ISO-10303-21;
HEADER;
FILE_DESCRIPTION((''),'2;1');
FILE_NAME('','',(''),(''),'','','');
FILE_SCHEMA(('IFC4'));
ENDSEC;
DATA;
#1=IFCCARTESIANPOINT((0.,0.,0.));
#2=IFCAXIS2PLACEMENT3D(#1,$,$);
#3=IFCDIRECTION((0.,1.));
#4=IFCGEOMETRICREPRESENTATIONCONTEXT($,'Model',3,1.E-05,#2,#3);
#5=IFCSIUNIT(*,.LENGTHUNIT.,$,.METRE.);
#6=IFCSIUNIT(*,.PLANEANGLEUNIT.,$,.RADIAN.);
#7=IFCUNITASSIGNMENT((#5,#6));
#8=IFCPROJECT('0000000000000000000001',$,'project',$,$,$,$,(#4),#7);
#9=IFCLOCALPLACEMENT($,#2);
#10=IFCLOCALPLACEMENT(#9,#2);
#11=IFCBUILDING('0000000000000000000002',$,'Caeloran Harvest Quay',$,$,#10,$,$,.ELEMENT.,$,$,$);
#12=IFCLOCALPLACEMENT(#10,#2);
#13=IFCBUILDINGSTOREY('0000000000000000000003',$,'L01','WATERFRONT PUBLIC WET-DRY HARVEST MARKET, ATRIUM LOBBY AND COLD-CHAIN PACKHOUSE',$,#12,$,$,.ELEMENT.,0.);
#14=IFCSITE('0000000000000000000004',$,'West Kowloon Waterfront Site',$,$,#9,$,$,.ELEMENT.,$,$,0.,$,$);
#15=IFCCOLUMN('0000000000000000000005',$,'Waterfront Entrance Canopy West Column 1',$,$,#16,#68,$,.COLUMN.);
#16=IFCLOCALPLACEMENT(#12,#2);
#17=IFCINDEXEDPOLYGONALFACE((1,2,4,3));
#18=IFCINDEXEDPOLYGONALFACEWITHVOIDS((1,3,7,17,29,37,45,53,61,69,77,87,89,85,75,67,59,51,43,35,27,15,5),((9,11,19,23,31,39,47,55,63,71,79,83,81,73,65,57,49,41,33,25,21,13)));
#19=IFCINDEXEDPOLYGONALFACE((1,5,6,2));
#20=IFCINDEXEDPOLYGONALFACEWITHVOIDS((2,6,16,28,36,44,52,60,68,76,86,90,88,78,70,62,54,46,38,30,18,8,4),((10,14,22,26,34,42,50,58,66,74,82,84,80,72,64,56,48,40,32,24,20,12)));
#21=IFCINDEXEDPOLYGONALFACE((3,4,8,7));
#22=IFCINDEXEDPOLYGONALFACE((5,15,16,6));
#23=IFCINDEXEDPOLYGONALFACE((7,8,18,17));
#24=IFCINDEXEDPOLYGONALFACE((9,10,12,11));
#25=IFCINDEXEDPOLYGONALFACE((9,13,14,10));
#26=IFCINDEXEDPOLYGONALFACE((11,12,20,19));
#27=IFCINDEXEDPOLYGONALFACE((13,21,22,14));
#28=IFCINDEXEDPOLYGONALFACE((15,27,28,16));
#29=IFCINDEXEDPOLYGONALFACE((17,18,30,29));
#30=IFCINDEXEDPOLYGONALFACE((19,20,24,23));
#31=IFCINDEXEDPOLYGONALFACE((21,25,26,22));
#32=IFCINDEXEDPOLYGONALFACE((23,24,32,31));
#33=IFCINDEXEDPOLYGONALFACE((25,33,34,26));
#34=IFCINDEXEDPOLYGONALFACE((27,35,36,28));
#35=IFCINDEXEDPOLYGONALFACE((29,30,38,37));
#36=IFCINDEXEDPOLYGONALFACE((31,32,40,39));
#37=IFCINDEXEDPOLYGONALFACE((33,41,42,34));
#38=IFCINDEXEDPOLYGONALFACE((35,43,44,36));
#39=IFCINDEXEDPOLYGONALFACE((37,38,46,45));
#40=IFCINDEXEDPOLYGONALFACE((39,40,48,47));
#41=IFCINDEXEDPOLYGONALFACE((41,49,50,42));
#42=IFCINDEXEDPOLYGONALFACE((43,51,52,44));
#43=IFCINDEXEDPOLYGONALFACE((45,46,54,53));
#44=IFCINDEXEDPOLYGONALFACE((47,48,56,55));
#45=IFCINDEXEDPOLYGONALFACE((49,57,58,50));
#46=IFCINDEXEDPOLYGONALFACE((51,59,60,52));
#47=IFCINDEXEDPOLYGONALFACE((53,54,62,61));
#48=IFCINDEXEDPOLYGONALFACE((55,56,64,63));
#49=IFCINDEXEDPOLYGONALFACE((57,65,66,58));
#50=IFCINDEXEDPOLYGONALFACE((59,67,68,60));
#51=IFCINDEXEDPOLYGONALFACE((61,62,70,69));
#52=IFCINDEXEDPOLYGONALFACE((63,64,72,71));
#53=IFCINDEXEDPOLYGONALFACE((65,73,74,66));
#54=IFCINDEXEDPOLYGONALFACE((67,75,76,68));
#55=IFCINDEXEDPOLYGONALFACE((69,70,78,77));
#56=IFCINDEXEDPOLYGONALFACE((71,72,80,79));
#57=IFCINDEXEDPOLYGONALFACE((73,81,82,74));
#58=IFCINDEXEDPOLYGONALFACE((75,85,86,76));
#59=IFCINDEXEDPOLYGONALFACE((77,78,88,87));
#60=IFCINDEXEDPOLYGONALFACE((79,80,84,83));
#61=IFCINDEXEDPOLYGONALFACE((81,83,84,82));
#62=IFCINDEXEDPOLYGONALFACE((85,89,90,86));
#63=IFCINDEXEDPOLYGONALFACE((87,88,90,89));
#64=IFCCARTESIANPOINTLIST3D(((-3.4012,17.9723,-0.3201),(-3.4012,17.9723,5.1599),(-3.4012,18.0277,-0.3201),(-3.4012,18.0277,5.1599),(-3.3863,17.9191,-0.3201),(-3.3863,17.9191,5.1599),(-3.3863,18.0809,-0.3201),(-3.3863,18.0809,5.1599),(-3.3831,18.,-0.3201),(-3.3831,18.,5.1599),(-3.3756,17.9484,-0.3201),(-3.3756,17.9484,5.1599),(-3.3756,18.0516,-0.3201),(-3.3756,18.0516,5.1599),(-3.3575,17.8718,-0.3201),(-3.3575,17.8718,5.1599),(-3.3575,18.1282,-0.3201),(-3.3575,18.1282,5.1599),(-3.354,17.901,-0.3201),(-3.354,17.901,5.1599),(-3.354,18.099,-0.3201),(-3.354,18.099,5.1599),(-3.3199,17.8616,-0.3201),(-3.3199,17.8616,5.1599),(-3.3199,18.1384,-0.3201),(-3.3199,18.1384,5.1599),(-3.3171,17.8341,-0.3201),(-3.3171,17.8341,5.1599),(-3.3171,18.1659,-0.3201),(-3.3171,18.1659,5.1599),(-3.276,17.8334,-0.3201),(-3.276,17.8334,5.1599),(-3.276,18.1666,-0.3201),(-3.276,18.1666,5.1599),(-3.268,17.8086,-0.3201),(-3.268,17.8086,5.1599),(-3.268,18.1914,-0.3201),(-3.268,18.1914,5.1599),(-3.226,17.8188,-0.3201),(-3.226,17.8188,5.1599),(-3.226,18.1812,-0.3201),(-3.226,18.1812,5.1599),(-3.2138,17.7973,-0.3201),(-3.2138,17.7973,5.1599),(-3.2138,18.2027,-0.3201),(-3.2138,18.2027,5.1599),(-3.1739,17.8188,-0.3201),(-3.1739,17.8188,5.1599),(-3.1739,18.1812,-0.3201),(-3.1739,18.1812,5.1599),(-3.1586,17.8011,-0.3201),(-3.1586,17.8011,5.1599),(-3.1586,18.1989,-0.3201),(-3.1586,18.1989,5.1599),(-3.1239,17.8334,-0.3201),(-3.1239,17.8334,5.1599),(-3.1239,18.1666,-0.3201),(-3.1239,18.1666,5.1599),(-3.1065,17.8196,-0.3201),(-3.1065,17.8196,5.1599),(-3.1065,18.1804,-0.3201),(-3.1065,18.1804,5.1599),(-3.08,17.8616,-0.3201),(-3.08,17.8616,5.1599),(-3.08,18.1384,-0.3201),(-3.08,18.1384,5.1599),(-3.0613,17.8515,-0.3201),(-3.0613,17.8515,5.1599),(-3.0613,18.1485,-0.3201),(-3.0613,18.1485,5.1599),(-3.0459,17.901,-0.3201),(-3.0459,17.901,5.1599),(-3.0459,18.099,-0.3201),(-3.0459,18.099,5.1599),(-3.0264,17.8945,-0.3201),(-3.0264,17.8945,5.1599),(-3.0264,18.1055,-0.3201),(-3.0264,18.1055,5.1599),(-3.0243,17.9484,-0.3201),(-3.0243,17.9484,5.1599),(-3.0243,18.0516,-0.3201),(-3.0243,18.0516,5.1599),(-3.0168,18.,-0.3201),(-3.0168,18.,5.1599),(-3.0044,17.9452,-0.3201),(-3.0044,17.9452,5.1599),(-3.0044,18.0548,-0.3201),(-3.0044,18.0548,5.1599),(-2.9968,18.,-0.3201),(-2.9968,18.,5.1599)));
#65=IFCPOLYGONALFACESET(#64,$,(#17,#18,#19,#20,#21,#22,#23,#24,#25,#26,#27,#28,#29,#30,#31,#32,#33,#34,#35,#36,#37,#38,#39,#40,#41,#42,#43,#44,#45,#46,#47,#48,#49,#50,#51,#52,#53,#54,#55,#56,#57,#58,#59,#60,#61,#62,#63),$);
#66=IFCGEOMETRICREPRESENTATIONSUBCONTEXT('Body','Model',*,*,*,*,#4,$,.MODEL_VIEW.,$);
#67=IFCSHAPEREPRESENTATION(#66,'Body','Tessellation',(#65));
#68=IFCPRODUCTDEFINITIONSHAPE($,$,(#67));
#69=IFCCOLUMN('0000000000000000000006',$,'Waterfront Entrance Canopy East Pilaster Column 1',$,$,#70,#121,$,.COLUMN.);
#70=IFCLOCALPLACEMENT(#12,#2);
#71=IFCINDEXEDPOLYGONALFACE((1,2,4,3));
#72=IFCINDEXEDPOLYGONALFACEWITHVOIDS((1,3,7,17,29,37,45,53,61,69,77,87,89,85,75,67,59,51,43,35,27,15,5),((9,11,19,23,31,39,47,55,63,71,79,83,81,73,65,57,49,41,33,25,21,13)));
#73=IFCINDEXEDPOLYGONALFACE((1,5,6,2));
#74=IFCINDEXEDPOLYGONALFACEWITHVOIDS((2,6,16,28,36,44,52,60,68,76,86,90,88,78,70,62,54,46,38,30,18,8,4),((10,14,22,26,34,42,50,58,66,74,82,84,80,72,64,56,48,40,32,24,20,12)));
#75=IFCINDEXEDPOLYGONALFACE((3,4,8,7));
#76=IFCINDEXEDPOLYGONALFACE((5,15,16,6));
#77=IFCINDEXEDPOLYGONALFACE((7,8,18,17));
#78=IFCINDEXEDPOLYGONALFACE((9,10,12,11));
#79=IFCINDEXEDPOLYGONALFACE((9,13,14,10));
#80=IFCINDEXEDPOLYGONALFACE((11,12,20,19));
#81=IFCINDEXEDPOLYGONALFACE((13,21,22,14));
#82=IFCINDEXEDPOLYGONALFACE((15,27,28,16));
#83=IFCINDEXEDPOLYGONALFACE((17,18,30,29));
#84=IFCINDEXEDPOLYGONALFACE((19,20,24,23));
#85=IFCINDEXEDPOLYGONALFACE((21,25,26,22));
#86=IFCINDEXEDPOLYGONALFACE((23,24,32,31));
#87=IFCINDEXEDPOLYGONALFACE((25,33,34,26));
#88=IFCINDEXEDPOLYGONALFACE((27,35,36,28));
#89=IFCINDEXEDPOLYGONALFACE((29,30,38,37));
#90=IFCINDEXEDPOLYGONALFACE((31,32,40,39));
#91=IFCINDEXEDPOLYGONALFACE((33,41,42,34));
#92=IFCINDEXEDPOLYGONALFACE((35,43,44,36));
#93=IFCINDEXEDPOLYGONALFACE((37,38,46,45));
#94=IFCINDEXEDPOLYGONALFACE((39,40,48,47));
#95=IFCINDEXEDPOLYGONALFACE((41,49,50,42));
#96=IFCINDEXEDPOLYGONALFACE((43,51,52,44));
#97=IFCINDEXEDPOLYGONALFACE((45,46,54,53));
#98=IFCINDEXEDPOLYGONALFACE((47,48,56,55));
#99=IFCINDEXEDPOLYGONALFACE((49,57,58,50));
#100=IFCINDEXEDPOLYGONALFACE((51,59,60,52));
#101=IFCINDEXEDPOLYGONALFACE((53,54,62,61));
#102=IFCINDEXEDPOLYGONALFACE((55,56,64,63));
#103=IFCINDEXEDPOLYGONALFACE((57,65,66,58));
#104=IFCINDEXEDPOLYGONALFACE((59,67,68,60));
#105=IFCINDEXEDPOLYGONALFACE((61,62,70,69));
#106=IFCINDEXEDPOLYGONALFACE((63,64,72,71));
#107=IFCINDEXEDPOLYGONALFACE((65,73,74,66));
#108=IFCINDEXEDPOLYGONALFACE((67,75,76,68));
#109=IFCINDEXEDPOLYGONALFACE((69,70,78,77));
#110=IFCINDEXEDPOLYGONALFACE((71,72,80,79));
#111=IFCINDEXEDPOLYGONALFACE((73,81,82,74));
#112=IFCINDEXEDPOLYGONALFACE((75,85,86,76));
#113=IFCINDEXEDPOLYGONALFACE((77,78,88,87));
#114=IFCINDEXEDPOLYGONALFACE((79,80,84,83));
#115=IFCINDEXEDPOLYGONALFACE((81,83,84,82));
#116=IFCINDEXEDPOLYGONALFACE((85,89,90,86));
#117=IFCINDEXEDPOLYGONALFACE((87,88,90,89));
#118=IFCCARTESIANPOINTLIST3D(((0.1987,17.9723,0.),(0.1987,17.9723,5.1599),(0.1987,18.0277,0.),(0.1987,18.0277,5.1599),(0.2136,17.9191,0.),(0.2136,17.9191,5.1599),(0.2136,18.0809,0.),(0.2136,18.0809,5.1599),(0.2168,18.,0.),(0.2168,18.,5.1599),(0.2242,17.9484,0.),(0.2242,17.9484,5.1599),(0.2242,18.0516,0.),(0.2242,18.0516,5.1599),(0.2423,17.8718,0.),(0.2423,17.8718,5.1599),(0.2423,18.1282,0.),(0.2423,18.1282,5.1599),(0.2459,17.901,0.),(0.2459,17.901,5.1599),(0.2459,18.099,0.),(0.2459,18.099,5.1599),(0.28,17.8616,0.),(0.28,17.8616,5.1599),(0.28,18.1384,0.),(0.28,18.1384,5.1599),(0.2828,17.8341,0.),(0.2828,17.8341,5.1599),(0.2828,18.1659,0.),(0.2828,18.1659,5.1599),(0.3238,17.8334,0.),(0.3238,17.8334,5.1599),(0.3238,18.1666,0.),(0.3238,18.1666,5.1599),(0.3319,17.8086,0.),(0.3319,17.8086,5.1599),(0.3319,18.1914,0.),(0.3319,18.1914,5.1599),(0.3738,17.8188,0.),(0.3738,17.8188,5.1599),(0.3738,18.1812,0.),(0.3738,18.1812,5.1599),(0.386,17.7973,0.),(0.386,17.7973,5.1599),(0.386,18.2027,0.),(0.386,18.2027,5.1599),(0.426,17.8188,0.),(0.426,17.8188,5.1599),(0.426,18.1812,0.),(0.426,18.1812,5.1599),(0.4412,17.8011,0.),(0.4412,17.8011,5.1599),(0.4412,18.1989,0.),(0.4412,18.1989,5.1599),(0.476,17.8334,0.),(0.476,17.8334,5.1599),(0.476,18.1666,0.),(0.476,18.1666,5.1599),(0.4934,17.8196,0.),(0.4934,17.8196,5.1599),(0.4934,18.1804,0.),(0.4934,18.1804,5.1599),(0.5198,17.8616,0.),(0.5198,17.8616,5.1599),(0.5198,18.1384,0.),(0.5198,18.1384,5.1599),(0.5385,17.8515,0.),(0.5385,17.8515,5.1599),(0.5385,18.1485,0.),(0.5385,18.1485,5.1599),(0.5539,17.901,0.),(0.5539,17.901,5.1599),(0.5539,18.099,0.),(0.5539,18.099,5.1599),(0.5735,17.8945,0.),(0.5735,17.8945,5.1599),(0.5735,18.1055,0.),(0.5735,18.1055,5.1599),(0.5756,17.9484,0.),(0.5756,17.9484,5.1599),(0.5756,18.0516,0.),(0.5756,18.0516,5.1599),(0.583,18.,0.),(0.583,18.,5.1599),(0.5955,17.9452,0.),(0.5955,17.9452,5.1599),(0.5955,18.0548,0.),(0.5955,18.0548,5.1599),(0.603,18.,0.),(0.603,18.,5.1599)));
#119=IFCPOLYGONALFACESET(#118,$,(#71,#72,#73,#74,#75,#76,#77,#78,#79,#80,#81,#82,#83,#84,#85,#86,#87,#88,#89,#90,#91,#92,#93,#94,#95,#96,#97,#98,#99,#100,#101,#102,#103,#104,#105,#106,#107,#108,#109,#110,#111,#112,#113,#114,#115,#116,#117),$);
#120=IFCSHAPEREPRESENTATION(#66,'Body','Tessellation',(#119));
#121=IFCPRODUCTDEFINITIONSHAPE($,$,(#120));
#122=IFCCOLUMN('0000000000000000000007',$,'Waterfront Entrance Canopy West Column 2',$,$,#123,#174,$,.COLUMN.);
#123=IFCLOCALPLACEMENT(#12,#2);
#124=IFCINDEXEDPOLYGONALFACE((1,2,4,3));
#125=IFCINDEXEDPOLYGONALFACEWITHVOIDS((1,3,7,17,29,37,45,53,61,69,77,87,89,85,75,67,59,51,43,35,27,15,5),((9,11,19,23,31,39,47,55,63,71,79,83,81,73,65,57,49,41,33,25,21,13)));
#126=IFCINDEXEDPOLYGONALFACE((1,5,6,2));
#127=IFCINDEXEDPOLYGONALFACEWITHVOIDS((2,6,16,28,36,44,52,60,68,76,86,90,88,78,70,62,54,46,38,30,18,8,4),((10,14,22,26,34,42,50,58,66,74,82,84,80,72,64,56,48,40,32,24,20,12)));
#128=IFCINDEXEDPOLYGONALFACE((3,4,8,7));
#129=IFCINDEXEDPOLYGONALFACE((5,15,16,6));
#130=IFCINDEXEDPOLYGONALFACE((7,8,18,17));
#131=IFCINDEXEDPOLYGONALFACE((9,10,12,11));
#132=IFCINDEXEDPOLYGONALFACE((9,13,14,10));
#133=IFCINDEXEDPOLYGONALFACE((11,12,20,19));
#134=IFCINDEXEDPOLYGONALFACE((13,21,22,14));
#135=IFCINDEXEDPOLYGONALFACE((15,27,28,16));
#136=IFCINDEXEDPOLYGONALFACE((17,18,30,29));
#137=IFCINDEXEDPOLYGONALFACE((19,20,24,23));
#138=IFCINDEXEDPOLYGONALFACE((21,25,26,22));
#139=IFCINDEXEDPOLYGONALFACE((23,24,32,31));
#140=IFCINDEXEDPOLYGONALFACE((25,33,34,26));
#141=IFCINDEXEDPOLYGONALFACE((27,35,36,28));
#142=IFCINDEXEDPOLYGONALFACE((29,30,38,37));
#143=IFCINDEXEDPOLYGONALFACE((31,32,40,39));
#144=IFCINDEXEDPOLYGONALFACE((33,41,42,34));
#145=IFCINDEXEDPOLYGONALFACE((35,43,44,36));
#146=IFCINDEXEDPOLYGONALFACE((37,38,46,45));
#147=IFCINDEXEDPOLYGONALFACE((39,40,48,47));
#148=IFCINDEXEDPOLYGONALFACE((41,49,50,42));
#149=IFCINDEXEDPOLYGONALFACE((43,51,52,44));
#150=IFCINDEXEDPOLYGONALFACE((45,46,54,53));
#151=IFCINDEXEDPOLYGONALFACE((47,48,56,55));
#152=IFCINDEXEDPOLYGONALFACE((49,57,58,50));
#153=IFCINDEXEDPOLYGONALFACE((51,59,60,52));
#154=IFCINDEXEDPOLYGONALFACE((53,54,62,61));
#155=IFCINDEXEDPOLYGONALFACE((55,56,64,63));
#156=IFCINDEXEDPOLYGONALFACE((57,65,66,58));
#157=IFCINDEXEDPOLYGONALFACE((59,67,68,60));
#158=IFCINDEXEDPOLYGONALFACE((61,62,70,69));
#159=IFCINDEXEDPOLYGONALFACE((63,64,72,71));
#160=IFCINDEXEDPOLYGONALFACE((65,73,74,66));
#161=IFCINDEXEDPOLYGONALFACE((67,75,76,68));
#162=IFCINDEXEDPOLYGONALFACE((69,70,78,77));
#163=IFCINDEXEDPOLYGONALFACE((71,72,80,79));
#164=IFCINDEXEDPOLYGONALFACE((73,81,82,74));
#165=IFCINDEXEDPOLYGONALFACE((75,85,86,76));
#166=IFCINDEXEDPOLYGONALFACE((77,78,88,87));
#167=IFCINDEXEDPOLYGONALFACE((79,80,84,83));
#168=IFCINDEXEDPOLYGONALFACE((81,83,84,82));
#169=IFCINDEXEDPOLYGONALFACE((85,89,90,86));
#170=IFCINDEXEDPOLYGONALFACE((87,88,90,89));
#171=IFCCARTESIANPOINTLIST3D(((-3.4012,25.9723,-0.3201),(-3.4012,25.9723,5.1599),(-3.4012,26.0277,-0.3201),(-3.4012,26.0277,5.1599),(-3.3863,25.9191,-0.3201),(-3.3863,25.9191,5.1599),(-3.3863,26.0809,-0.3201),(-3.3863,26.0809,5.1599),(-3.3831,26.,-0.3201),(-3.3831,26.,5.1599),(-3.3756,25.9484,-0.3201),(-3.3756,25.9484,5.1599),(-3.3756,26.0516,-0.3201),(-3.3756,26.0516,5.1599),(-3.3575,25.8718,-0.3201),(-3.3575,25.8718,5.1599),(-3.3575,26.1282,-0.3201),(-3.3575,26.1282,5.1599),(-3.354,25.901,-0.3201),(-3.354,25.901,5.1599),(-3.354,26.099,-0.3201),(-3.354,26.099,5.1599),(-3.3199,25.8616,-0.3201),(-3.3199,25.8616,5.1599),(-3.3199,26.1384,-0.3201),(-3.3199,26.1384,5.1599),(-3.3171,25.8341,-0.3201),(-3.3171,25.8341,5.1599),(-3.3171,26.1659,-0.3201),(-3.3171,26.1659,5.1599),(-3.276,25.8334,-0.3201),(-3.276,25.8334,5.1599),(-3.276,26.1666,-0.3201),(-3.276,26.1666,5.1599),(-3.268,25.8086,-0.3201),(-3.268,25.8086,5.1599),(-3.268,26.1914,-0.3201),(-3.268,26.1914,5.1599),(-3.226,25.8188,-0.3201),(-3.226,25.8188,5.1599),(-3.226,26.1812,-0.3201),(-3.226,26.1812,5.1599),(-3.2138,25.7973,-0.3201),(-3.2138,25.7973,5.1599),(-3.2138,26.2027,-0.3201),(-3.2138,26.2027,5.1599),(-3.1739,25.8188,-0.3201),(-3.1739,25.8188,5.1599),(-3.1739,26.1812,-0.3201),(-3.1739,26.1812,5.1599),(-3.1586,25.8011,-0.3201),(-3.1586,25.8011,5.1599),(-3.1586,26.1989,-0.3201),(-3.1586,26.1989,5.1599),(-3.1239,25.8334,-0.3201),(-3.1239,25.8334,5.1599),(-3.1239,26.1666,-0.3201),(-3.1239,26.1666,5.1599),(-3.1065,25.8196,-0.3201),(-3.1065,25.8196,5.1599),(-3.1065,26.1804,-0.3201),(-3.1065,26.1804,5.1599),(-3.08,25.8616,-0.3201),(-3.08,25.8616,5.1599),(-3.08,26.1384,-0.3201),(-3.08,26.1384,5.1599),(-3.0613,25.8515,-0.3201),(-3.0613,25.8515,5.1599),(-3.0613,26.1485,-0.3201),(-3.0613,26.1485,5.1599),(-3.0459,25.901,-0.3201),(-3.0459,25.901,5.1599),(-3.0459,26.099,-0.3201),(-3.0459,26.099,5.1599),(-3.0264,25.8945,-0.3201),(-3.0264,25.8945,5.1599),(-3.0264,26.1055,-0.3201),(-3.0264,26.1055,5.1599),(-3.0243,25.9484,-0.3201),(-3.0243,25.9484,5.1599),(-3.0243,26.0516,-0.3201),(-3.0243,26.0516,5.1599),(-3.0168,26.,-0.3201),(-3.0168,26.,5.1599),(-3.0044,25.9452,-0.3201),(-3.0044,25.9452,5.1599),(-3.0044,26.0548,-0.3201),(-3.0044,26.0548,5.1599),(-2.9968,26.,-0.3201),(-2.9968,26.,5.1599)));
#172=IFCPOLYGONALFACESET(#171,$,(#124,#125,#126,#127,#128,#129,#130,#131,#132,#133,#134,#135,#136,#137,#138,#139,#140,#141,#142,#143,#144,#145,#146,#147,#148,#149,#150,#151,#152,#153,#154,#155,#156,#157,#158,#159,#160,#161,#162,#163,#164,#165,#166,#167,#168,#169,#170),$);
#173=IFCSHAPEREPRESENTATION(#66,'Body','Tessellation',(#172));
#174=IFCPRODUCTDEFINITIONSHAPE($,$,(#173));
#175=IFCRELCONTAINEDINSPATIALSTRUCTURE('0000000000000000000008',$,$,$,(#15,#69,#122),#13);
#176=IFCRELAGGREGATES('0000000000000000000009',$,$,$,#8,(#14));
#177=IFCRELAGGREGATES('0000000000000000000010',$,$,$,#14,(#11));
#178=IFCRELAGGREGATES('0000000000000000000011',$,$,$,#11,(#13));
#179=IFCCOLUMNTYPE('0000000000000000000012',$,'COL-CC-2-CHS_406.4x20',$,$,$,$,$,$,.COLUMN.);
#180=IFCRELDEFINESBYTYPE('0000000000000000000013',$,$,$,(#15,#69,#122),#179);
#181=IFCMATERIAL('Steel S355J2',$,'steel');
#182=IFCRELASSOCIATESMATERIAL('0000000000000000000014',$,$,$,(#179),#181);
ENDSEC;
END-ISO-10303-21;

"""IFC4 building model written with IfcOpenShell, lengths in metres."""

from ifc_helpers import new_model, si_unit, direction, frame, origin, origin_2d, place, context, subcontext, project, spatial, hollow_circle, extrude, material, material_profile, profile_set, type_object, element, save


model = new_model("IFC4")

# Units and contexts
model_context = context("Model", 3, precision=1e-05, world=origin(), true_north=direction((0.0, 1.0)))
body_context = subcontext(model_context, "Body", "Model", "MODEL_VIEW")
ifc_project = project(units=[si_unit("LENGTHUNIT", "METRE"), si_unit("PLANEANGLEUNIT", "RADIAN")], contexts=[model_context])

# Site, building, storey
site_placement = place(None, origin())
site = spatial("IfcSite", under=ifc_project, at=site_placement, Name="West Kowloon Waterfront Site", CompositionType="ELEMENT", RefElevation=0.0)
building_placement = place(site_placement, origin())
building = spatial("IfcBuilding", under=site, at=building_placement, Name="Caeloran Harvest Quay", CompositionType="ELEMENT")
storey_placement = place(building_placement, origin())
storey = spatial("IfcBuildingStorey", under=building, at=storey_placement, Name="L01", Description="WATERFRONT PUBLIC WET-DRY HARVEST MARKET, ATRIUM LOBBY AND COLD-CHAIN PACKHOUSE", CompositionType="ELEMENT", Elevation=0.0)

# Columns
ifc_material_1 = material(Name="Steel S355J2", Category="steel")
ifc_material_profile_1 = material_profile(ifc_material_1, hollow_circle(Radius=0.2031, WallThickness=0.02, at=origin_2d()), Name="CHS 406.4x20")
ifc_profile_set_1 = profile_set([ifc_material_profile_1], Name="Steel S355J2")
column_type = type_object("IfcColumnType", Name="COL-CC-2-CHS_406.4x20", PredefinedType="COLUMN", material=ifc_profile_set_1)
column_1_placement = place(storey_placement, frame((-3.2, 18.0, -0.3201), z_axis=(0.0, 0.0, 1.0), x_axis=(1.0, 0.0, 0.0)))
element("IfcColumn", 1, at=column_1_placement, inside=storey, type_object=column_type, Name="Waterfront Entrance Canopy West Column 1", PredefinedType="COLUMN", context=body_context, shape_type="SweptSolid", body=[
    extrude(hollow_circle(Radius=0.2031, WallThickness=0.02, at=origin_2d()), origin(), (0.0, 0.0, 1.0), 5.48),
])
column_2_placement = place(storey_placement, frame((0.3999, 18.0, 0.0), z_axis=(0.0, 0.0, 1.0), x_axis=(1.0, 0.0, 0.0)))
element("IfcColumn", 2, at=column_2_placement, inside=storey, type_object=column_type, Name="Waterfront Entrance Canopy East Pilaster Column 1", PredefinedType="COLUMN", context=body_context, shape_type="SweptSolid", body=[
    extrude(hollow_circle(Radius=0.2031, WallThickness=0.02, at=origin_2d()), origin(), (0.0, 0.0, 1.0), 5.1599),
])
column_3_placement = place(storey_placement, frame((-3.2, 26.0, -0.3201), z_axis=(0.0, 0.0, 1.0), x_axis=(1.0, 0.0, 0.0)))
element("IfcColumn", 3, at=column_3_placement, inside=storey, type_object=column_type, Name="Waterfront Entrance Canopy West Column 2", PredefinedType="COLUMN", context=body_context, shape_type="SweptSolid", body=[
    extrude(hollow_circle(Radius=0.2031, WallThickness=0.02, at=origin_2d()), origin(), (0.0, 0.0, 1.0), 5.48),
])

save(model, "model.ifc")
